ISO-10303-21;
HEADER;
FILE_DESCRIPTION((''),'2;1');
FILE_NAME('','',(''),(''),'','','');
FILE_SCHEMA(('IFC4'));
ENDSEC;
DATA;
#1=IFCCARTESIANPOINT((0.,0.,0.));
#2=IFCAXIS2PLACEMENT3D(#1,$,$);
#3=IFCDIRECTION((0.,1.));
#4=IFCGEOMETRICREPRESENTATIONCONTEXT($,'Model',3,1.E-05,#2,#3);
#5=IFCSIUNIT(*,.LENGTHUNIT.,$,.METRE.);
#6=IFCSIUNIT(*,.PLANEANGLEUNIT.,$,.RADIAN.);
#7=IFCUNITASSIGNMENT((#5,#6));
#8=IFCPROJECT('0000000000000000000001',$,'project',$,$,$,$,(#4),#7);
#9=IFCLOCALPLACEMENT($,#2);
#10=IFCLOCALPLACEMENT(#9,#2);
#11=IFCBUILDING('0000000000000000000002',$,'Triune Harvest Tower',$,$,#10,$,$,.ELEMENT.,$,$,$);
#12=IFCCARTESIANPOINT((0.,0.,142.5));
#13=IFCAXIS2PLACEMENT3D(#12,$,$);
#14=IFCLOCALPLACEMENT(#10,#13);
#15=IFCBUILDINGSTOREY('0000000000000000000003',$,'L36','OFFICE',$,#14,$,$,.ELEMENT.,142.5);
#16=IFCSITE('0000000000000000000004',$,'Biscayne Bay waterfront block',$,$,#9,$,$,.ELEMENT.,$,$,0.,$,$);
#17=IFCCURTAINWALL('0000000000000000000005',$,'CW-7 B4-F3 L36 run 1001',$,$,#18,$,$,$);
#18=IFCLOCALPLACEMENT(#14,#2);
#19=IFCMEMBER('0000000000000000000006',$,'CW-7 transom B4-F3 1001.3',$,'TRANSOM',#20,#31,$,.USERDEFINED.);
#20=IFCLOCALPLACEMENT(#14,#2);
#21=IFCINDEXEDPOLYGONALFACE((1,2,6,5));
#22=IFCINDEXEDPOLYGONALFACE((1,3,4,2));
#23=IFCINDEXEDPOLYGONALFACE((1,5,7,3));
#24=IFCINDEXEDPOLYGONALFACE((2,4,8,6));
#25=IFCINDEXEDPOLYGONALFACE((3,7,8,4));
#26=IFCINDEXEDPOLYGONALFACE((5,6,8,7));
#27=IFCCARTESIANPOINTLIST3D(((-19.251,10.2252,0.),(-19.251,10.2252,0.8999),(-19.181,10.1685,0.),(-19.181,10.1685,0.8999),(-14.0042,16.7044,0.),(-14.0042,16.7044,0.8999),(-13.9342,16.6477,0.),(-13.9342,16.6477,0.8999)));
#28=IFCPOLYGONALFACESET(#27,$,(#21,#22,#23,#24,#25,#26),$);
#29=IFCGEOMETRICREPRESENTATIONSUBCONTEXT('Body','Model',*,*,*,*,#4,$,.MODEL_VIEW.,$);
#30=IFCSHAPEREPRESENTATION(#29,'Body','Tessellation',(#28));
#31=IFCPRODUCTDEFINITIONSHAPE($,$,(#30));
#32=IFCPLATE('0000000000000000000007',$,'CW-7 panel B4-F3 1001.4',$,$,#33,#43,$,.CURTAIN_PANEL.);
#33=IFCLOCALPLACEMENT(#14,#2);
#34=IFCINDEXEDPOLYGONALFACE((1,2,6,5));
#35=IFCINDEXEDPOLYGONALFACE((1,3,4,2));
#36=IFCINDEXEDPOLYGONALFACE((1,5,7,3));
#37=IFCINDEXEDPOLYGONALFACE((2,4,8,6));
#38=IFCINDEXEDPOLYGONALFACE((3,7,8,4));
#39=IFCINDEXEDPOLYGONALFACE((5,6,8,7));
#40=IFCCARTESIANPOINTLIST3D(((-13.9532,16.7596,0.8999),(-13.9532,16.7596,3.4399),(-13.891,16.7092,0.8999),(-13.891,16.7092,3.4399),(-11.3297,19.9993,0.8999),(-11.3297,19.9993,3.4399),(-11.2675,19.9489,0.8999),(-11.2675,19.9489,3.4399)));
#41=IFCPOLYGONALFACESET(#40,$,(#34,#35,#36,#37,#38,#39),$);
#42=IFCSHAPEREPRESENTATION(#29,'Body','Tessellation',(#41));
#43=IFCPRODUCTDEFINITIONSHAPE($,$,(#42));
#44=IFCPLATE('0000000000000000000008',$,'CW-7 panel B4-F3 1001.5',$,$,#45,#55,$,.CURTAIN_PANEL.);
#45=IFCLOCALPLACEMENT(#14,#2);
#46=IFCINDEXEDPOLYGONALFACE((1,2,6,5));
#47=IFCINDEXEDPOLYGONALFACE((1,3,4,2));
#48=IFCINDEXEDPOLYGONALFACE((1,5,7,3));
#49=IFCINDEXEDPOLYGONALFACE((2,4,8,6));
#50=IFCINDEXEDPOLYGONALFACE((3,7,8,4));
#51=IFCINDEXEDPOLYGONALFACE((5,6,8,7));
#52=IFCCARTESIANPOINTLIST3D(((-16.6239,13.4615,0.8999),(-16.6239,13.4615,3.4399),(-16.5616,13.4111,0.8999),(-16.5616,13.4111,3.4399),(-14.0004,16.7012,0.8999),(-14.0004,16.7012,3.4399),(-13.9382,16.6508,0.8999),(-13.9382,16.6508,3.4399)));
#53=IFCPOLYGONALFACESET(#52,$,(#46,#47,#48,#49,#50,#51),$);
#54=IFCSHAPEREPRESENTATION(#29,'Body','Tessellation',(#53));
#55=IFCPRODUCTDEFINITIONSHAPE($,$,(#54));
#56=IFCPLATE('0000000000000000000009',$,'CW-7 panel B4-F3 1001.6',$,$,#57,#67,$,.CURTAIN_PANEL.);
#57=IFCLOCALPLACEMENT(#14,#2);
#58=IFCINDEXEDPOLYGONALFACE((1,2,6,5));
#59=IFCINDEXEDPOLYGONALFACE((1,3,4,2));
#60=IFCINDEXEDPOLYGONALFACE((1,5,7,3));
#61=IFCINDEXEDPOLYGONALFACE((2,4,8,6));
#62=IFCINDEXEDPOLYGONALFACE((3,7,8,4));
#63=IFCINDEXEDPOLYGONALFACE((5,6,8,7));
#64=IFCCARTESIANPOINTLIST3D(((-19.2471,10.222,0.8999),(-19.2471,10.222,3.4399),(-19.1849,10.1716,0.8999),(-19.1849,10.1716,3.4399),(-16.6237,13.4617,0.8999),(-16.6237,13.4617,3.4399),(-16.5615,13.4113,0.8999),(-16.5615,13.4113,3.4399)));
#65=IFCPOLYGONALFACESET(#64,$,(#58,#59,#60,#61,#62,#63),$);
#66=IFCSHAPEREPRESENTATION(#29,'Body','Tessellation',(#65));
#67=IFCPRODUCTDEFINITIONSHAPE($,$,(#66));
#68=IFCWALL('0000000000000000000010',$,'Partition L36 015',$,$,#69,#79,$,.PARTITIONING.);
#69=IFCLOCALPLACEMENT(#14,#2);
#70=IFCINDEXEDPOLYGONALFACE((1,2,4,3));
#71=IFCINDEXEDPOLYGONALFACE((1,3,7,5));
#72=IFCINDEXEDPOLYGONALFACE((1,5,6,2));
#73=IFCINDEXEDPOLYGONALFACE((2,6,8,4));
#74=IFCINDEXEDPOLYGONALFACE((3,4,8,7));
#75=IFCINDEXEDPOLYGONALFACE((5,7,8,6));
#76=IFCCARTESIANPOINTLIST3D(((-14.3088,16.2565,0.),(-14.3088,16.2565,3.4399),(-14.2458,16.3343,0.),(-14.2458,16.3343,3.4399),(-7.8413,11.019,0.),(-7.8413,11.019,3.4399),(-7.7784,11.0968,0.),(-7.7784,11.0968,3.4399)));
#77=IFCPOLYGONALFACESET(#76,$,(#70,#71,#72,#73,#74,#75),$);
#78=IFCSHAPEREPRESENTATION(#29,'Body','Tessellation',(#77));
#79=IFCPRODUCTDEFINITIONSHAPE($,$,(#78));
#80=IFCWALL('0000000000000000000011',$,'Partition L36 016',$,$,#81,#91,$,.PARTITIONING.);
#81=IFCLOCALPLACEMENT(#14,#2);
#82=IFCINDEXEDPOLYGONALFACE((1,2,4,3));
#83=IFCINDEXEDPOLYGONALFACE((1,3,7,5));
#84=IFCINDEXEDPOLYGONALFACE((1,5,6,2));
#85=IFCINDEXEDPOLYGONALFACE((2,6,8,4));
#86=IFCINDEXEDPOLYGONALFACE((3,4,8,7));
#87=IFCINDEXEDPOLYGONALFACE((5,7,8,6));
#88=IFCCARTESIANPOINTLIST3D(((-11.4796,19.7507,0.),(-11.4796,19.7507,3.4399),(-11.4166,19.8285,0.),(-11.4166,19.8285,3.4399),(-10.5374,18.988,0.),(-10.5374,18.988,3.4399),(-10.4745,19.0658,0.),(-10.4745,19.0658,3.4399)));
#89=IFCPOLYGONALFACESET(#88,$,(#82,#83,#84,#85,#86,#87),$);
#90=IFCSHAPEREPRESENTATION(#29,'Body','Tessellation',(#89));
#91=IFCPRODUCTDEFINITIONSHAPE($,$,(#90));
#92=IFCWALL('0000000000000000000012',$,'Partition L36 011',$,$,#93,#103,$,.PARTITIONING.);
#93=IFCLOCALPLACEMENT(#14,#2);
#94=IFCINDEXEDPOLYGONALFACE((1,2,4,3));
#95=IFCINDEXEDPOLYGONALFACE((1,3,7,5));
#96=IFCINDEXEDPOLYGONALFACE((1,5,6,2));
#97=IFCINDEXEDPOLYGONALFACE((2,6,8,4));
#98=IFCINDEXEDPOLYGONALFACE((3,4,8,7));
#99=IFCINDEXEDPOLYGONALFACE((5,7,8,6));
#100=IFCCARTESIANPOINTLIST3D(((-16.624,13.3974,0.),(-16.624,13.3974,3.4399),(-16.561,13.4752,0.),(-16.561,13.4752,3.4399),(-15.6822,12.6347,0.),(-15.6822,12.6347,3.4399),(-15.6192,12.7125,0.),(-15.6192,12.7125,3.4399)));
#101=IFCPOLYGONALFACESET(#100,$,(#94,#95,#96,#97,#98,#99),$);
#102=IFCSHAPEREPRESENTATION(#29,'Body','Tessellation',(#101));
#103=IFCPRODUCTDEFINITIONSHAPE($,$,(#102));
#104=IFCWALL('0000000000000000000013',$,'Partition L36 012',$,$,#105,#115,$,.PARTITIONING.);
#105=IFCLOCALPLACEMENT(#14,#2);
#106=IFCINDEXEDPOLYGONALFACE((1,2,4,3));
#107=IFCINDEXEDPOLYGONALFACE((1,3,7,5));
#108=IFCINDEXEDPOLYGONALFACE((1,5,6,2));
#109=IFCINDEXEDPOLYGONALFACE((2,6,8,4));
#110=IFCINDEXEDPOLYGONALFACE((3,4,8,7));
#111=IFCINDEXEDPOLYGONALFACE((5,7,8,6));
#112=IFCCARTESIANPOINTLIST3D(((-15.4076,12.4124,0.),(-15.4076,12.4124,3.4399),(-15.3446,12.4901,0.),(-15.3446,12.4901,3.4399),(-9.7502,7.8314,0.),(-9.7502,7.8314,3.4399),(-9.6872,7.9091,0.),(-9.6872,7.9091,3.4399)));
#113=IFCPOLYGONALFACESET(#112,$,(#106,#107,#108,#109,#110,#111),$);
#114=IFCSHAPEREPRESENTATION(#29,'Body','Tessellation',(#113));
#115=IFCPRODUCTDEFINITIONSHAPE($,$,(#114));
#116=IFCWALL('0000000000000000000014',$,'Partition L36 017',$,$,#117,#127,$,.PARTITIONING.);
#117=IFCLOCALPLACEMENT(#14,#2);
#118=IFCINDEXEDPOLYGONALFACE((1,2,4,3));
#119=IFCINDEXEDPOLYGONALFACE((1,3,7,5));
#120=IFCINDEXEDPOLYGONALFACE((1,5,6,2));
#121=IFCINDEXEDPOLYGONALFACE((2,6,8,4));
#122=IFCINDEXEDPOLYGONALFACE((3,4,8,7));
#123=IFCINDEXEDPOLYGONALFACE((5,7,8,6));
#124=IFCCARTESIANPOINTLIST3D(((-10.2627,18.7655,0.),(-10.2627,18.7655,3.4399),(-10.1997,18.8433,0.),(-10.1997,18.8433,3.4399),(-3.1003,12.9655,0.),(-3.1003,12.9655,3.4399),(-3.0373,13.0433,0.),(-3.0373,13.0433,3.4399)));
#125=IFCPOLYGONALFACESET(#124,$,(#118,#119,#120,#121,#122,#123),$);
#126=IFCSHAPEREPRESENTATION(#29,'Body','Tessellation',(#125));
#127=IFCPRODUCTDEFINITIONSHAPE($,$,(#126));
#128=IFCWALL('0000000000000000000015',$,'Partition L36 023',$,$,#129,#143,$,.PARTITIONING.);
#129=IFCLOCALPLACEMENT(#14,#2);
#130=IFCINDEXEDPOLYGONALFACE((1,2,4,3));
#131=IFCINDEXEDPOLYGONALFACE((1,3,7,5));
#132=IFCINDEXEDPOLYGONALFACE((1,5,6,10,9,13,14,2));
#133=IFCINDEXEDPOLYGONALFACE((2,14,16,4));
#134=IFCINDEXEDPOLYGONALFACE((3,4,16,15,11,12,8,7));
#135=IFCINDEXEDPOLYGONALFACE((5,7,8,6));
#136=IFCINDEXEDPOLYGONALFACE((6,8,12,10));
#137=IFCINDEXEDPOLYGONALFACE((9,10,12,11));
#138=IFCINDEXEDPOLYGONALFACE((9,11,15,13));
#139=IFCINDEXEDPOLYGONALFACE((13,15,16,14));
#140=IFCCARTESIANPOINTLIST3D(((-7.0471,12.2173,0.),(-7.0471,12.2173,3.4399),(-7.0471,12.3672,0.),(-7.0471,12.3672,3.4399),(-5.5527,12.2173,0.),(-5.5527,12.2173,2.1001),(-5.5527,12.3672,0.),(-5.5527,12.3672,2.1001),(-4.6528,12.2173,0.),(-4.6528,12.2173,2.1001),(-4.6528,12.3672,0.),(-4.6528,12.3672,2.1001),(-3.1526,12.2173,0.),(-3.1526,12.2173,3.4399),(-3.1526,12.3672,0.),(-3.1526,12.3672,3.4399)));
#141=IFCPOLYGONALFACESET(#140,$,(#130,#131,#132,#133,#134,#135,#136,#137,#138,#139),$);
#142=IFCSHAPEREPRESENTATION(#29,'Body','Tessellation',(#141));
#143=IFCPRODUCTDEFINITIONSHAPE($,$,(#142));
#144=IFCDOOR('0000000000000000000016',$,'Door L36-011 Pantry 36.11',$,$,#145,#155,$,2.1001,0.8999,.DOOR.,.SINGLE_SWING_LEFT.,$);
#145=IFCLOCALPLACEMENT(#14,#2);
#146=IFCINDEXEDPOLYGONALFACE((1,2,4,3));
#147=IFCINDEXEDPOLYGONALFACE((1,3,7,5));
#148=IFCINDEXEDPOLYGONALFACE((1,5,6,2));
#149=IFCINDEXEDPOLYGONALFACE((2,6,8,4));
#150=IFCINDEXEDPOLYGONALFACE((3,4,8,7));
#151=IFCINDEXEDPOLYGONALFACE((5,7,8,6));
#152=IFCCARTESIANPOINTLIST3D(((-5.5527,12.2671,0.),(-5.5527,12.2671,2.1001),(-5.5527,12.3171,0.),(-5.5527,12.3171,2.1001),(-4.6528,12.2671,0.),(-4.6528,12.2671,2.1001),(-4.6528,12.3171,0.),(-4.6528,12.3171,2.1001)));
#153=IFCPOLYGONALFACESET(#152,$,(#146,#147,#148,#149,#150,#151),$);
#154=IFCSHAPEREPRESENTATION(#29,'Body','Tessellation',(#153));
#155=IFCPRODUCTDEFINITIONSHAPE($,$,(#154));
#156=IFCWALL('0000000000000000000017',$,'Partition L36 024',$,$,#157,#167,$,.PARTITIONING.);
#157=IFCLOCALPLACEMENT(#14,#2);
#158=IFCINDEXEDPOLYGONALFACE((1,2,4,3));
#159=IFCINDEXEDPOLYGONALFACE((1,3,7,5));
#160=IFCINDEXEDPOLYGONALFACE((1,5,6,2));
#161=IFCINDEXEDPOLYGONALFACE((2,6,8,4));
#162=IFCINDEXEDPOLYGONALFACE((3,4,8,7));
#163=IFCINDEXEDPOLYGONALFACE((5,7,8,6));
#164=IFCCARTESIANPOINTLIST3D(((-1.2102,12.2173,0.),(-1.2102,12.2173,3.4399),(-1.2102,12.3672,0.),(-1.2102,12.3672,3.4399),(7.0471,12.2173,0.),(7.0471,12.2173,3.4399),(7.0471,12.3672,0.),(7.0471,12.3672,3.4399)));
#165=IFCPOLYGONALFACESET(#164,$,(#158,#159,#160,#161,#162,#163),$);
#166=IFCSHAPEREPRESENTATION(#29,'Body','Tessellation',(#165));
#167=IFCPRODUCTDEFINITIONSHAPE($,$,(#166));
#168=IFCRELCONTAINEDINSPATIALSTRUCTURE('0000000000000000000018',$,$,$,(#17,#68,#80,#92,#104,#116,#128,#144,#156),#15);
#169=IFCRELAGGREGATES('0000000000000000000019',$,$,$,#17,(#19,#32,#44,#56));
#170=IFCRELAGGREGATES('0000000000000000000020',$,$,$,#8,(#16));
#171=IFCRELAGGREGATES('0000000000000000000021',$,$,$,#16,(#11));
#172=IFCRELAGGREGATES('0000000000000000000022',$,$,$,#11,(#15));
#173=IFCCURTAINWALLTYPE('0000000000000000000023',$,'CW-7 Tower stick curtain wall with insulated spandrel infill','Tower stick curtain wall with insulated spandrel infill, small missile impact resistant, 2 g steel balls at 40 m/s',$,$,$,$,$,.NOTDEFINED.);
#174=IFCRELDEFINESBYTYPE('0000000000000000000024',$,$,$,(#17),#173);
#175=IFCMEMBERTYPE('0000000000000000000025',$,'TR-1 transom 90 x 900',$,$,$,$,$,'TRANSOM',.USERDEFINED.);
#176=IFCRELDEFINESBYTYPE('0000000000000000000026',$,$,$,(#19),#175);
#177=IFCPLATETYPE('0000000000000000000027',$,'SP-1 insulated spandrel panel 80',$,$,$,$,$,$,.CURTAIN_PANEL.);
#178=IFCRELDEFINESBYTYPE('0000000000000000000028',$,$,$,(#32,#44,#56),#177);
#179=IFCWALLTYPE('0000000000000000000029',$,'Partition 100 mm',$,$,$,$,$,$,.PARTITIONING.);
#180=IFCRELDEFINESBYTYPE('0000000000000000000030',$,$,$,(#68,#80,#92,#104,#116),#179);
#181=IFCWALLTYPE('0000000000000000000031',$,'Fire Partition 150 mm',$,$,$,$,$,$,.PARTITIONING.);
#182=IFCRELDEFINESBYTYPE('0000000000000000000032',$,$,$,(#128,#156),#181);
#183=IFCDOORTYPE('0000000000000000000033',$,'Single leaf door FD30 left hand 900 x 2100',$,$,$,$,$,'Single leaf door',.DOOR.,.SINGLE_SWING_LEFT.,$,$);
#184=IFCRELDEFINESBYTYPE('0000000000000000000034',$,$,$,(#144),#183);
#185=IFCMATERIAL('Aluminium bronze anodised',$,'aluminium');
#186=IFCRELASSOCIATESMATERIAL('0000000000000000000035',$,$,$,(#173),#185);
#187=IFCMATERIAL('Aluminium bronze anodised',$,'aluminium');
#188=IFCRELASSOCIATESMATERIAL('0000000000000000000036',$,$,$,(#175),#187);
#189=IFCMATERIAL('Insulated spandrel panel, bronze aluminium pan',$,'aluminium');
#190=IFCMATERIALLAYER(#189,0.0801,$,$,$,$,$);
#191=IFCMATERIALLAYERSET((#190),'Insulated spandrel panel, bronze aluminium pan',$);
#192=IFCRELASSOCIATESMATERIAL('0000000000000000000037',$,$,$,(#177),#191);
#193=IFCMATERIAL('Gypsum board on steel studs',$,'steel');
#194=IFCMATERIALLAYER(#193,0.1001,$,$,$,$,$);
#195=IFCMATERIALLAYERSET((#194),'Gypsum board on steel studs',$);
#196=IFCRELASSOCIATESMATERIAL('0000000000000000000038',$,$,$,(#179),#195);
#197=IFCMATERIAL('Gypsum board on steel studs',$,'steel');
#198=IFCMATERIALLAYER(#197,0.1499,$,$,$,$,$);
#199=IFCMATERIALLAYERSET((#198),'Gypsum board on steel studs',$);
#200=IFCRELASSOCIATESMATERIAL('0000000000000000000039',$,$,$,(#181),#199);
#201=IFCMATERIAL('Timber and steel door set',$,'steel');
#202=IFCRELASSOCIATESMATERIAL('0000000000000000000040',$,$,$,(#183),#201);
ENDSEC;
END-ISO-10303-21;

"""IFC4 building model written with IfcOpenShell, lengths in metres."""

from ifc_helpers import new_model, si_unit, direction, frame, frame_2d, origin, origin_2d, place, context, subcontext, project, spatial, rectangle, extrude, source, transform, mapped, material, layer, layer_set, material_profile, profile_set, type_object, element, fill, aggregate, save


model = new_model("IFC4")

# Units and contexts
model_context = context("Model", 3, precision=1e-05, world=origin(), true_north=direction((0.0, 1.0)))
body_context = subcontext(model_context, "Body", "Model", "MODEL_VIEW")
ifc_project = project(units=[si_unit("LENGTHUNIT", "METRE"), si_unit("PLANEANGLEUNIT", "RADIAN")], contexts=[model_context])

# Site, building, storey
site_placement = place(None, origin())
site = spatial("IfcSite", under=ifc_project, at=site_placement, Name="Biscayne Bay waterfront block", CompositionType="ELEMENT", RefElevation=0.0)
building_placement = place(site_placement, origin())
building = spatial("IfcBuilding", under=site, at=building_placement, Name="Triune Harvest Tower", CompositionType="ELEMENT")
storey_placement = place(building_placement, frame((0.0, 0.0, 142.5)))
storey = spatial("IfcBuildingStorey", under=building, at=storey_placement, Name="L36", Description="OFFICE", CompositionType="ELEMENT", Elevation=142.5)

# Curtain wall, member, plates
ifc_material_1 = material(Name="Aluminium bronze anodised", Category="aluminium")
curtain_wall_type = type_object("IfcCurtainWallType", Name="CW-7 Tower stick curtain wall with insulated spandrel infill", Description="Tower stick curtain wall with insulated spandrel infill, small missile impact resistant, 2 g steel balls at 40 m/s", PredefinedType="NOTDEFINED", material=ifc_material_1)
curtain_wall_placement = place(storey_placement, origin())
curtain_wall = element("IfcCurtainWall", 1, at=curtain_wall_placement, inside=storey, type_object=curtain_wall_type, Name="CW-7 B4-F3 L36 run 1001")
ifc_material_2 = material(Name="Aluminium bronze anodised", Category="aluminium")
ifc_material_profile_1 = material_profile(ifc_material_2, rectangle(XDim=0.0901, YDim=0.8999, at=origin_2d()), Name="TR-1 transom 90 x 900")
ifc_profile_set_1 = profile_set([ifc_material_profile_1], Name="Aluminium bronze anodised")
member_type_1 = type_object("IfcMemberType", Name="TR-1 transom 90 x 900", ElementType="TRANSOM", PredefinedType="USERDEFINED", material=ifc_profile_set_1)
shared_shape_1 = source(origin(), body_context, "Body", "SweptSolid", [
    extrude(rectangle(XDim=0.0901, YDim=0.8999, at=origin_2d()), origin(), (0.0, 0.0, 1.0), 8.3372),
])
member_1_placement = place(storey_placement, frame((-13.9692, 16.676, 0.45), z_axis=(-0.629323, -0.777144, 0.0), x_axis=(0.777144, -0.629323, 0.0)))
member_1 = element("IfcMember", 2, at=member_1_placement, type_object=member_type_1, Name="CW-7 transom B4-F3 1001.3", ObjectType="TRANSOM", PredefinedType="USERDEFINED", context=body_context, shape_type="MappedRepresentation", body=[
    mapped(shared_shape_1, transform((0.0, 0.0, 0.0), scale=1.0)),
])
ifc_material_3 = material(Name="Insulated spandrel panel, bronze aluminium pan", Category="aluminium")
ifc_layer_1 = layer(ifc_material_3, 0.0801)
ifc_layer_set_1 = layer_set([ifc_layer_1], Name="Insulated spandrel panel, bronze aluminium pan")
plate_type = type_object("IfcPlateType", Name="SP-1 insulated spandrel panel 80", PredefinedType="CURTAIN_PANEL", material=ifc_layer_set_1)
shared_shape_2 = source(origin(), body_context, "Body", "SweptSolid", [
    extrude(rectangle(XDim=4.1687, YDim=0.0801, at=origin_2d()), origin(), (0.0, 0.0, 1.0), 2.54),
])
plate_1_placement = place(storey_placement, frame((-12.6104, 18.3542, 0.8999), z_axis=(0.0, 0.0, 1.0), x_axis=(-0.629322, -0.777144, 0.0)))
plate_1 = element("IfcPlate", 3, at=plate_1_placement, type_object=plate_type, Name="CW-7 panel B4-F3 1001.4", PredefinedType="CURTAIN_PANEL", context=body_context, shape_type="MappedRepresentation", body=[
    mapped(shared_shape_2, transform((0.0, 0.0, 0.0), scale=1.0)),
])
plate_2_placement = place(storey_placement, frame((-15.281, 15.0562, 0.8999), z_axis=(0.0, 0.0, 1.0), x_axis=(-0.629322, -0.777144, 0.0)))
plate_2 = element("IfcPlate", 4, at=plate_2_placement, type_object=plate_type, Name="CW-7 panel B4-F3 1001.5", PredefinedType="CURTAIN_PANEL", context=body_context, shape_type="MappedRepresentation", body=[
    mapped(shared_shape_2, transform((0.0, 0.0, 0.0), scale=1.0)),
])
plate_3_placement = place(storey_placement, frame((-17.9043, 11.8167, 0.8999), z_axis=(0.0, 0.0, 1.0), x_axis=(-0.629322, -0.777144, 0.0)))
plate_3 = element("IfcPlate", 5, at=plate_3_placement, type_object=plate_type, Name="CW-7 panel B4-F3 1001.6", PredefinedType="CURTAIN_PANEL", context=body_context, shape_type="MappedRepresentation", body=[
    mapped(shared_shape_2, transform((0.0, 0.0, 0.0), scale=1.0)),
])
aggregate(curtain_wall, [member_1, plate_1, plate_2, plate_3])

# Walls
ifc_material_4 = material(Name="Gypsum board on steel studs", Category="steel")
ifc_layer_2 = layer(ifc_material_4, 0.1001)
ifc_layer_set_2 = layer_set([ifc_layer_2], Name="Gypsum board on steel studs")
wall_type_1 = type_object("IfcWallType", Name="Partition 100 mm", PredefinedType="PARTITIONING", material=ifc_layer_set_2)
wall_1_placement = place(storey_placement, frame((-14.2773, 16.2954, 0.0), z_axis=(0.0, 0.0, 1.0), x_axis=(0.777131, -0.629338, 0.0)))
element("IfcWall", 6, at=wall_1_placement, inside=storey, type_object=wall_type_1, Name="Partition L36 015", PredefinedType="PARTITIONING", context=body_context, shape_type="SweptSolid", body=[
    extrude(rectangle(XDim=8.3223, YDim=0.1001, at=frame_2d((4.1611, 0.0))), origin(), (0.0, 0.0, 1.0), 3.4399),
])
shared_shape_3 = source(origin(), body_context, "Body", "SweptSolid", [
    extrude(rectangle(XDim=1.2122, YDim=0.1001, at=frame_2d((0.606, 0.0))), origin(), (0.0, 0.0, 1.0), 3.4399),
])
wall_2_placement = place(storey_placement, frame((-11.448, 19.7896, 0.0), z_axis=(0.0, 0.0, 1.0), x_axis=(0.77724, -0.629204, 0.0)))
element("IfcWall", 7, at=wall_2_placement, inside=storey, type_object=wall_type_1, Name="Partition L36 016", PredefinedType="PARTITIONING", context=body_context, shape_type="MappedRepresentation", body=[
    mapped(shared_shape_3, transform((0.0, 0.0, 0.0), scale=1.0)),
])
shared_shape_4 = source(origin(), body_context, "Body", "SweptSolid", [
    extrude(rectangle(XDim=1.2119, YDim=0.1001, at=frame_2d((0.606, 0.0))), origin(), (0.0, 0.0, 1.0), 3.4399),
])
wall_3_placement = place(storey_placement, frame((-16.5925, 13.4363, 0.0), z_axis=(0.0, 0.0, 1.0), x_axis=(0.77716, -0.629303, 0.0)))
element("IfcWall", 8, at=wall_3_placement, inside=storey, type_object=wall_type_1, Name="Partition L36 011", PredefinedType="PARTITIONING", context=body_context, shape_type="MappedRepresentation", body=[
    mapped(shared_shape_4, transform((0.0, 0.0, 0.0), scale=1.0)),
])
shared_shape_5 = source(origin(), body_context, "Body", "SweptSolid", [
    extrude(rectangle(XDim=7.2795, YDim=0.1001, at=frame_2d((3.6396, 0.0))), origin(), (0.0, 0.0, 1.0), 3.4399),
])
wall_4_placement = place(storey_placement, frame((-15.376, 12.4512, 0.0), z_axis=(0.0, 0.0, 1.0), x_axis=(0.777164, -0.629298, 0.0)))
element("IfcWall", 9, at=wall_4_placement, inside=storey, type_object=wall_type_1, Name="Partition L36 012", PredefinedType="PARTITIONING", context=body_context, shape_type="MappedRepresentation", body=[
    mapped(shared_shape_5, transform((0.0, 0.0, 0.0), scale=1.0)),
])
shared_shape_6 = source(origin(), body_context, "Body", "SweptSolid", [
    extrude(rectangle(XDim=9.2163, YDim=0.1001, at=frame_2d((4.6082, 0.0))), origin(), (0.0, 0.0, 1.0), 3.4399),
])
wall_5_placement = place(storey_placement, frame((-10.2312, 18.8044, 0.0), z_axis=(0.0, 0.0, 1.0), x_axis=(0.777141, -0.629326, 0.0)))
element("IfcWall", 10, at=wall_5_placement, inside=storey, type_object=wall_type_1, Name="Partition L36 017", PredefinedType="PARTITIONING", context=body_context, shape_type="MappedRepresentation", body=[
    mapped(shared_shape_6, transform((0.0, 0.0, 0.0), scale=1.0)),
])

# Wall, opening, door
ifc_material_5 = material(Name="Gypsum board on steel studs", Category="steel")
ifc_layer_3 = layer(ifc_material_5, 0.1499)
ifc_layer_set_3 = layer_set([ifc_layer_3], Name="Gypsum board on steel studs")
wall_type_2 = type_object("IfcWallType", Name="Fire Partition 150 mm", PredefinedType="PARTITIONING", material=ifc_layer_set_3)
shared_shape_7 = source(origin(), body_context, "Body", "SweptSolid", [
    extrude(rectangle(XDim=3.8945, YDim=0.1499, at=frame_2d((1.9473, 0.0))), origin(), (0.0, 0.0, 1.0), 3.4399),
])
wall_6_placement = place(storey_placement, frame((-7.0471, 12.2922, 0.0), z_axis=(0.0, 0.0, 1.0), x_axis=(1.0, 0.0, 0.0)))
wall_6 = element("IfcWall", 11, at=wall_6_placement, inside=storey, type_object=wall_type_2, Name="Partition L36 023", PredefinedType="PARTITIONING", context=body_context, shape_type="MappedRepresentation", body=[
    mapped(shared_shape_7, transform((0.0, 0.0, 0.0), scale=1.0)),
])
opening_1_placement = place(wall_6_placement, frame((1.4944, 0.0, 0.0)))
opening_1 = element("IfcOpeningElement", 12, at=opening_1_placement, cuts=wall_6, PredefinedType="OPENING", context=body_context, shape_type="SweptSolid", body=[
    extrude(rectangle(XDim=0.8999, YDim=2.1001, at=frame_2d((0.45, 1.05))), frame((0.0, 0.085, 0.0), z_axis=(0.0, -1.0, 0.0), x_axis=(1.0, 0.0, 0.0)), (0.0, 0.0, 1.0), 0.1699),
])
ifc_material_6 = material(Name="Timber and steel door set", Category="steel")
door_type_1 = type_object("IfcDoorType", Name="Single leaf door FD30 left hand 900 x 2100", ElementType="Single leaf door", OperationType="SINGLE_SWING_LEFT", PredefinedType="DOOR", material=ifc_material_6)
door_1_placement = place(opening_1_placement, origin())
door_1 = element("IfcDoor", 13, at=door_1_placement, inside=storey, type_object=door_type_1, Name="Door L36-011 Pantry 36.11", OperationType="SINGLE_SWING_LEFT", OverallHeight=2.1001, OverallWidth=0.8999, PredefinedType="DOOR", context=body_context, shape_type="SweptSolid", body=[
    extrude(rectangle(XDim=0.8999, YDim=2.1001, at=frame_2d((0.45, 1.05))), frame((0.0, 0.0249, 0.0), z_axis=(0.0, -1.0, 0.0), x_axis=(1.0, 0.0, 0.0)), (0.0, 0.0, 1.0), 0.05),
])
fill(opening_1, door_1)

# Wall
shared_shape_8 = source(origin(), body_context, "Body", "SweptSolid", [
    extrude(rectangle(XDim=8.2573, YDim=0.1499, at=frame_2d((4.1287, 0.0))), origin(), (0.0, 0.0, 1.0), 3.4399),
])
wall_7_placement = place(storey_placement, frame((-1.2102, 12.2922, 0.0), z_axis=(0.0, 0.0, 1.0), x_axis=(1.0, 0.0, 0.0)))
element("IfcWall", 14, at=wall_7_placement, inside=storey, type_object=wall_type_2, Name="Partition L36 024", PredefinedType="PARTITIONING", context=body_context, shape_type="MappedRepresentation", body=[
    mapped(shared_shape_8, transform((0.0, 0.0, 0.0), scale=1.0)),
])

save(model, "model.ifc")
